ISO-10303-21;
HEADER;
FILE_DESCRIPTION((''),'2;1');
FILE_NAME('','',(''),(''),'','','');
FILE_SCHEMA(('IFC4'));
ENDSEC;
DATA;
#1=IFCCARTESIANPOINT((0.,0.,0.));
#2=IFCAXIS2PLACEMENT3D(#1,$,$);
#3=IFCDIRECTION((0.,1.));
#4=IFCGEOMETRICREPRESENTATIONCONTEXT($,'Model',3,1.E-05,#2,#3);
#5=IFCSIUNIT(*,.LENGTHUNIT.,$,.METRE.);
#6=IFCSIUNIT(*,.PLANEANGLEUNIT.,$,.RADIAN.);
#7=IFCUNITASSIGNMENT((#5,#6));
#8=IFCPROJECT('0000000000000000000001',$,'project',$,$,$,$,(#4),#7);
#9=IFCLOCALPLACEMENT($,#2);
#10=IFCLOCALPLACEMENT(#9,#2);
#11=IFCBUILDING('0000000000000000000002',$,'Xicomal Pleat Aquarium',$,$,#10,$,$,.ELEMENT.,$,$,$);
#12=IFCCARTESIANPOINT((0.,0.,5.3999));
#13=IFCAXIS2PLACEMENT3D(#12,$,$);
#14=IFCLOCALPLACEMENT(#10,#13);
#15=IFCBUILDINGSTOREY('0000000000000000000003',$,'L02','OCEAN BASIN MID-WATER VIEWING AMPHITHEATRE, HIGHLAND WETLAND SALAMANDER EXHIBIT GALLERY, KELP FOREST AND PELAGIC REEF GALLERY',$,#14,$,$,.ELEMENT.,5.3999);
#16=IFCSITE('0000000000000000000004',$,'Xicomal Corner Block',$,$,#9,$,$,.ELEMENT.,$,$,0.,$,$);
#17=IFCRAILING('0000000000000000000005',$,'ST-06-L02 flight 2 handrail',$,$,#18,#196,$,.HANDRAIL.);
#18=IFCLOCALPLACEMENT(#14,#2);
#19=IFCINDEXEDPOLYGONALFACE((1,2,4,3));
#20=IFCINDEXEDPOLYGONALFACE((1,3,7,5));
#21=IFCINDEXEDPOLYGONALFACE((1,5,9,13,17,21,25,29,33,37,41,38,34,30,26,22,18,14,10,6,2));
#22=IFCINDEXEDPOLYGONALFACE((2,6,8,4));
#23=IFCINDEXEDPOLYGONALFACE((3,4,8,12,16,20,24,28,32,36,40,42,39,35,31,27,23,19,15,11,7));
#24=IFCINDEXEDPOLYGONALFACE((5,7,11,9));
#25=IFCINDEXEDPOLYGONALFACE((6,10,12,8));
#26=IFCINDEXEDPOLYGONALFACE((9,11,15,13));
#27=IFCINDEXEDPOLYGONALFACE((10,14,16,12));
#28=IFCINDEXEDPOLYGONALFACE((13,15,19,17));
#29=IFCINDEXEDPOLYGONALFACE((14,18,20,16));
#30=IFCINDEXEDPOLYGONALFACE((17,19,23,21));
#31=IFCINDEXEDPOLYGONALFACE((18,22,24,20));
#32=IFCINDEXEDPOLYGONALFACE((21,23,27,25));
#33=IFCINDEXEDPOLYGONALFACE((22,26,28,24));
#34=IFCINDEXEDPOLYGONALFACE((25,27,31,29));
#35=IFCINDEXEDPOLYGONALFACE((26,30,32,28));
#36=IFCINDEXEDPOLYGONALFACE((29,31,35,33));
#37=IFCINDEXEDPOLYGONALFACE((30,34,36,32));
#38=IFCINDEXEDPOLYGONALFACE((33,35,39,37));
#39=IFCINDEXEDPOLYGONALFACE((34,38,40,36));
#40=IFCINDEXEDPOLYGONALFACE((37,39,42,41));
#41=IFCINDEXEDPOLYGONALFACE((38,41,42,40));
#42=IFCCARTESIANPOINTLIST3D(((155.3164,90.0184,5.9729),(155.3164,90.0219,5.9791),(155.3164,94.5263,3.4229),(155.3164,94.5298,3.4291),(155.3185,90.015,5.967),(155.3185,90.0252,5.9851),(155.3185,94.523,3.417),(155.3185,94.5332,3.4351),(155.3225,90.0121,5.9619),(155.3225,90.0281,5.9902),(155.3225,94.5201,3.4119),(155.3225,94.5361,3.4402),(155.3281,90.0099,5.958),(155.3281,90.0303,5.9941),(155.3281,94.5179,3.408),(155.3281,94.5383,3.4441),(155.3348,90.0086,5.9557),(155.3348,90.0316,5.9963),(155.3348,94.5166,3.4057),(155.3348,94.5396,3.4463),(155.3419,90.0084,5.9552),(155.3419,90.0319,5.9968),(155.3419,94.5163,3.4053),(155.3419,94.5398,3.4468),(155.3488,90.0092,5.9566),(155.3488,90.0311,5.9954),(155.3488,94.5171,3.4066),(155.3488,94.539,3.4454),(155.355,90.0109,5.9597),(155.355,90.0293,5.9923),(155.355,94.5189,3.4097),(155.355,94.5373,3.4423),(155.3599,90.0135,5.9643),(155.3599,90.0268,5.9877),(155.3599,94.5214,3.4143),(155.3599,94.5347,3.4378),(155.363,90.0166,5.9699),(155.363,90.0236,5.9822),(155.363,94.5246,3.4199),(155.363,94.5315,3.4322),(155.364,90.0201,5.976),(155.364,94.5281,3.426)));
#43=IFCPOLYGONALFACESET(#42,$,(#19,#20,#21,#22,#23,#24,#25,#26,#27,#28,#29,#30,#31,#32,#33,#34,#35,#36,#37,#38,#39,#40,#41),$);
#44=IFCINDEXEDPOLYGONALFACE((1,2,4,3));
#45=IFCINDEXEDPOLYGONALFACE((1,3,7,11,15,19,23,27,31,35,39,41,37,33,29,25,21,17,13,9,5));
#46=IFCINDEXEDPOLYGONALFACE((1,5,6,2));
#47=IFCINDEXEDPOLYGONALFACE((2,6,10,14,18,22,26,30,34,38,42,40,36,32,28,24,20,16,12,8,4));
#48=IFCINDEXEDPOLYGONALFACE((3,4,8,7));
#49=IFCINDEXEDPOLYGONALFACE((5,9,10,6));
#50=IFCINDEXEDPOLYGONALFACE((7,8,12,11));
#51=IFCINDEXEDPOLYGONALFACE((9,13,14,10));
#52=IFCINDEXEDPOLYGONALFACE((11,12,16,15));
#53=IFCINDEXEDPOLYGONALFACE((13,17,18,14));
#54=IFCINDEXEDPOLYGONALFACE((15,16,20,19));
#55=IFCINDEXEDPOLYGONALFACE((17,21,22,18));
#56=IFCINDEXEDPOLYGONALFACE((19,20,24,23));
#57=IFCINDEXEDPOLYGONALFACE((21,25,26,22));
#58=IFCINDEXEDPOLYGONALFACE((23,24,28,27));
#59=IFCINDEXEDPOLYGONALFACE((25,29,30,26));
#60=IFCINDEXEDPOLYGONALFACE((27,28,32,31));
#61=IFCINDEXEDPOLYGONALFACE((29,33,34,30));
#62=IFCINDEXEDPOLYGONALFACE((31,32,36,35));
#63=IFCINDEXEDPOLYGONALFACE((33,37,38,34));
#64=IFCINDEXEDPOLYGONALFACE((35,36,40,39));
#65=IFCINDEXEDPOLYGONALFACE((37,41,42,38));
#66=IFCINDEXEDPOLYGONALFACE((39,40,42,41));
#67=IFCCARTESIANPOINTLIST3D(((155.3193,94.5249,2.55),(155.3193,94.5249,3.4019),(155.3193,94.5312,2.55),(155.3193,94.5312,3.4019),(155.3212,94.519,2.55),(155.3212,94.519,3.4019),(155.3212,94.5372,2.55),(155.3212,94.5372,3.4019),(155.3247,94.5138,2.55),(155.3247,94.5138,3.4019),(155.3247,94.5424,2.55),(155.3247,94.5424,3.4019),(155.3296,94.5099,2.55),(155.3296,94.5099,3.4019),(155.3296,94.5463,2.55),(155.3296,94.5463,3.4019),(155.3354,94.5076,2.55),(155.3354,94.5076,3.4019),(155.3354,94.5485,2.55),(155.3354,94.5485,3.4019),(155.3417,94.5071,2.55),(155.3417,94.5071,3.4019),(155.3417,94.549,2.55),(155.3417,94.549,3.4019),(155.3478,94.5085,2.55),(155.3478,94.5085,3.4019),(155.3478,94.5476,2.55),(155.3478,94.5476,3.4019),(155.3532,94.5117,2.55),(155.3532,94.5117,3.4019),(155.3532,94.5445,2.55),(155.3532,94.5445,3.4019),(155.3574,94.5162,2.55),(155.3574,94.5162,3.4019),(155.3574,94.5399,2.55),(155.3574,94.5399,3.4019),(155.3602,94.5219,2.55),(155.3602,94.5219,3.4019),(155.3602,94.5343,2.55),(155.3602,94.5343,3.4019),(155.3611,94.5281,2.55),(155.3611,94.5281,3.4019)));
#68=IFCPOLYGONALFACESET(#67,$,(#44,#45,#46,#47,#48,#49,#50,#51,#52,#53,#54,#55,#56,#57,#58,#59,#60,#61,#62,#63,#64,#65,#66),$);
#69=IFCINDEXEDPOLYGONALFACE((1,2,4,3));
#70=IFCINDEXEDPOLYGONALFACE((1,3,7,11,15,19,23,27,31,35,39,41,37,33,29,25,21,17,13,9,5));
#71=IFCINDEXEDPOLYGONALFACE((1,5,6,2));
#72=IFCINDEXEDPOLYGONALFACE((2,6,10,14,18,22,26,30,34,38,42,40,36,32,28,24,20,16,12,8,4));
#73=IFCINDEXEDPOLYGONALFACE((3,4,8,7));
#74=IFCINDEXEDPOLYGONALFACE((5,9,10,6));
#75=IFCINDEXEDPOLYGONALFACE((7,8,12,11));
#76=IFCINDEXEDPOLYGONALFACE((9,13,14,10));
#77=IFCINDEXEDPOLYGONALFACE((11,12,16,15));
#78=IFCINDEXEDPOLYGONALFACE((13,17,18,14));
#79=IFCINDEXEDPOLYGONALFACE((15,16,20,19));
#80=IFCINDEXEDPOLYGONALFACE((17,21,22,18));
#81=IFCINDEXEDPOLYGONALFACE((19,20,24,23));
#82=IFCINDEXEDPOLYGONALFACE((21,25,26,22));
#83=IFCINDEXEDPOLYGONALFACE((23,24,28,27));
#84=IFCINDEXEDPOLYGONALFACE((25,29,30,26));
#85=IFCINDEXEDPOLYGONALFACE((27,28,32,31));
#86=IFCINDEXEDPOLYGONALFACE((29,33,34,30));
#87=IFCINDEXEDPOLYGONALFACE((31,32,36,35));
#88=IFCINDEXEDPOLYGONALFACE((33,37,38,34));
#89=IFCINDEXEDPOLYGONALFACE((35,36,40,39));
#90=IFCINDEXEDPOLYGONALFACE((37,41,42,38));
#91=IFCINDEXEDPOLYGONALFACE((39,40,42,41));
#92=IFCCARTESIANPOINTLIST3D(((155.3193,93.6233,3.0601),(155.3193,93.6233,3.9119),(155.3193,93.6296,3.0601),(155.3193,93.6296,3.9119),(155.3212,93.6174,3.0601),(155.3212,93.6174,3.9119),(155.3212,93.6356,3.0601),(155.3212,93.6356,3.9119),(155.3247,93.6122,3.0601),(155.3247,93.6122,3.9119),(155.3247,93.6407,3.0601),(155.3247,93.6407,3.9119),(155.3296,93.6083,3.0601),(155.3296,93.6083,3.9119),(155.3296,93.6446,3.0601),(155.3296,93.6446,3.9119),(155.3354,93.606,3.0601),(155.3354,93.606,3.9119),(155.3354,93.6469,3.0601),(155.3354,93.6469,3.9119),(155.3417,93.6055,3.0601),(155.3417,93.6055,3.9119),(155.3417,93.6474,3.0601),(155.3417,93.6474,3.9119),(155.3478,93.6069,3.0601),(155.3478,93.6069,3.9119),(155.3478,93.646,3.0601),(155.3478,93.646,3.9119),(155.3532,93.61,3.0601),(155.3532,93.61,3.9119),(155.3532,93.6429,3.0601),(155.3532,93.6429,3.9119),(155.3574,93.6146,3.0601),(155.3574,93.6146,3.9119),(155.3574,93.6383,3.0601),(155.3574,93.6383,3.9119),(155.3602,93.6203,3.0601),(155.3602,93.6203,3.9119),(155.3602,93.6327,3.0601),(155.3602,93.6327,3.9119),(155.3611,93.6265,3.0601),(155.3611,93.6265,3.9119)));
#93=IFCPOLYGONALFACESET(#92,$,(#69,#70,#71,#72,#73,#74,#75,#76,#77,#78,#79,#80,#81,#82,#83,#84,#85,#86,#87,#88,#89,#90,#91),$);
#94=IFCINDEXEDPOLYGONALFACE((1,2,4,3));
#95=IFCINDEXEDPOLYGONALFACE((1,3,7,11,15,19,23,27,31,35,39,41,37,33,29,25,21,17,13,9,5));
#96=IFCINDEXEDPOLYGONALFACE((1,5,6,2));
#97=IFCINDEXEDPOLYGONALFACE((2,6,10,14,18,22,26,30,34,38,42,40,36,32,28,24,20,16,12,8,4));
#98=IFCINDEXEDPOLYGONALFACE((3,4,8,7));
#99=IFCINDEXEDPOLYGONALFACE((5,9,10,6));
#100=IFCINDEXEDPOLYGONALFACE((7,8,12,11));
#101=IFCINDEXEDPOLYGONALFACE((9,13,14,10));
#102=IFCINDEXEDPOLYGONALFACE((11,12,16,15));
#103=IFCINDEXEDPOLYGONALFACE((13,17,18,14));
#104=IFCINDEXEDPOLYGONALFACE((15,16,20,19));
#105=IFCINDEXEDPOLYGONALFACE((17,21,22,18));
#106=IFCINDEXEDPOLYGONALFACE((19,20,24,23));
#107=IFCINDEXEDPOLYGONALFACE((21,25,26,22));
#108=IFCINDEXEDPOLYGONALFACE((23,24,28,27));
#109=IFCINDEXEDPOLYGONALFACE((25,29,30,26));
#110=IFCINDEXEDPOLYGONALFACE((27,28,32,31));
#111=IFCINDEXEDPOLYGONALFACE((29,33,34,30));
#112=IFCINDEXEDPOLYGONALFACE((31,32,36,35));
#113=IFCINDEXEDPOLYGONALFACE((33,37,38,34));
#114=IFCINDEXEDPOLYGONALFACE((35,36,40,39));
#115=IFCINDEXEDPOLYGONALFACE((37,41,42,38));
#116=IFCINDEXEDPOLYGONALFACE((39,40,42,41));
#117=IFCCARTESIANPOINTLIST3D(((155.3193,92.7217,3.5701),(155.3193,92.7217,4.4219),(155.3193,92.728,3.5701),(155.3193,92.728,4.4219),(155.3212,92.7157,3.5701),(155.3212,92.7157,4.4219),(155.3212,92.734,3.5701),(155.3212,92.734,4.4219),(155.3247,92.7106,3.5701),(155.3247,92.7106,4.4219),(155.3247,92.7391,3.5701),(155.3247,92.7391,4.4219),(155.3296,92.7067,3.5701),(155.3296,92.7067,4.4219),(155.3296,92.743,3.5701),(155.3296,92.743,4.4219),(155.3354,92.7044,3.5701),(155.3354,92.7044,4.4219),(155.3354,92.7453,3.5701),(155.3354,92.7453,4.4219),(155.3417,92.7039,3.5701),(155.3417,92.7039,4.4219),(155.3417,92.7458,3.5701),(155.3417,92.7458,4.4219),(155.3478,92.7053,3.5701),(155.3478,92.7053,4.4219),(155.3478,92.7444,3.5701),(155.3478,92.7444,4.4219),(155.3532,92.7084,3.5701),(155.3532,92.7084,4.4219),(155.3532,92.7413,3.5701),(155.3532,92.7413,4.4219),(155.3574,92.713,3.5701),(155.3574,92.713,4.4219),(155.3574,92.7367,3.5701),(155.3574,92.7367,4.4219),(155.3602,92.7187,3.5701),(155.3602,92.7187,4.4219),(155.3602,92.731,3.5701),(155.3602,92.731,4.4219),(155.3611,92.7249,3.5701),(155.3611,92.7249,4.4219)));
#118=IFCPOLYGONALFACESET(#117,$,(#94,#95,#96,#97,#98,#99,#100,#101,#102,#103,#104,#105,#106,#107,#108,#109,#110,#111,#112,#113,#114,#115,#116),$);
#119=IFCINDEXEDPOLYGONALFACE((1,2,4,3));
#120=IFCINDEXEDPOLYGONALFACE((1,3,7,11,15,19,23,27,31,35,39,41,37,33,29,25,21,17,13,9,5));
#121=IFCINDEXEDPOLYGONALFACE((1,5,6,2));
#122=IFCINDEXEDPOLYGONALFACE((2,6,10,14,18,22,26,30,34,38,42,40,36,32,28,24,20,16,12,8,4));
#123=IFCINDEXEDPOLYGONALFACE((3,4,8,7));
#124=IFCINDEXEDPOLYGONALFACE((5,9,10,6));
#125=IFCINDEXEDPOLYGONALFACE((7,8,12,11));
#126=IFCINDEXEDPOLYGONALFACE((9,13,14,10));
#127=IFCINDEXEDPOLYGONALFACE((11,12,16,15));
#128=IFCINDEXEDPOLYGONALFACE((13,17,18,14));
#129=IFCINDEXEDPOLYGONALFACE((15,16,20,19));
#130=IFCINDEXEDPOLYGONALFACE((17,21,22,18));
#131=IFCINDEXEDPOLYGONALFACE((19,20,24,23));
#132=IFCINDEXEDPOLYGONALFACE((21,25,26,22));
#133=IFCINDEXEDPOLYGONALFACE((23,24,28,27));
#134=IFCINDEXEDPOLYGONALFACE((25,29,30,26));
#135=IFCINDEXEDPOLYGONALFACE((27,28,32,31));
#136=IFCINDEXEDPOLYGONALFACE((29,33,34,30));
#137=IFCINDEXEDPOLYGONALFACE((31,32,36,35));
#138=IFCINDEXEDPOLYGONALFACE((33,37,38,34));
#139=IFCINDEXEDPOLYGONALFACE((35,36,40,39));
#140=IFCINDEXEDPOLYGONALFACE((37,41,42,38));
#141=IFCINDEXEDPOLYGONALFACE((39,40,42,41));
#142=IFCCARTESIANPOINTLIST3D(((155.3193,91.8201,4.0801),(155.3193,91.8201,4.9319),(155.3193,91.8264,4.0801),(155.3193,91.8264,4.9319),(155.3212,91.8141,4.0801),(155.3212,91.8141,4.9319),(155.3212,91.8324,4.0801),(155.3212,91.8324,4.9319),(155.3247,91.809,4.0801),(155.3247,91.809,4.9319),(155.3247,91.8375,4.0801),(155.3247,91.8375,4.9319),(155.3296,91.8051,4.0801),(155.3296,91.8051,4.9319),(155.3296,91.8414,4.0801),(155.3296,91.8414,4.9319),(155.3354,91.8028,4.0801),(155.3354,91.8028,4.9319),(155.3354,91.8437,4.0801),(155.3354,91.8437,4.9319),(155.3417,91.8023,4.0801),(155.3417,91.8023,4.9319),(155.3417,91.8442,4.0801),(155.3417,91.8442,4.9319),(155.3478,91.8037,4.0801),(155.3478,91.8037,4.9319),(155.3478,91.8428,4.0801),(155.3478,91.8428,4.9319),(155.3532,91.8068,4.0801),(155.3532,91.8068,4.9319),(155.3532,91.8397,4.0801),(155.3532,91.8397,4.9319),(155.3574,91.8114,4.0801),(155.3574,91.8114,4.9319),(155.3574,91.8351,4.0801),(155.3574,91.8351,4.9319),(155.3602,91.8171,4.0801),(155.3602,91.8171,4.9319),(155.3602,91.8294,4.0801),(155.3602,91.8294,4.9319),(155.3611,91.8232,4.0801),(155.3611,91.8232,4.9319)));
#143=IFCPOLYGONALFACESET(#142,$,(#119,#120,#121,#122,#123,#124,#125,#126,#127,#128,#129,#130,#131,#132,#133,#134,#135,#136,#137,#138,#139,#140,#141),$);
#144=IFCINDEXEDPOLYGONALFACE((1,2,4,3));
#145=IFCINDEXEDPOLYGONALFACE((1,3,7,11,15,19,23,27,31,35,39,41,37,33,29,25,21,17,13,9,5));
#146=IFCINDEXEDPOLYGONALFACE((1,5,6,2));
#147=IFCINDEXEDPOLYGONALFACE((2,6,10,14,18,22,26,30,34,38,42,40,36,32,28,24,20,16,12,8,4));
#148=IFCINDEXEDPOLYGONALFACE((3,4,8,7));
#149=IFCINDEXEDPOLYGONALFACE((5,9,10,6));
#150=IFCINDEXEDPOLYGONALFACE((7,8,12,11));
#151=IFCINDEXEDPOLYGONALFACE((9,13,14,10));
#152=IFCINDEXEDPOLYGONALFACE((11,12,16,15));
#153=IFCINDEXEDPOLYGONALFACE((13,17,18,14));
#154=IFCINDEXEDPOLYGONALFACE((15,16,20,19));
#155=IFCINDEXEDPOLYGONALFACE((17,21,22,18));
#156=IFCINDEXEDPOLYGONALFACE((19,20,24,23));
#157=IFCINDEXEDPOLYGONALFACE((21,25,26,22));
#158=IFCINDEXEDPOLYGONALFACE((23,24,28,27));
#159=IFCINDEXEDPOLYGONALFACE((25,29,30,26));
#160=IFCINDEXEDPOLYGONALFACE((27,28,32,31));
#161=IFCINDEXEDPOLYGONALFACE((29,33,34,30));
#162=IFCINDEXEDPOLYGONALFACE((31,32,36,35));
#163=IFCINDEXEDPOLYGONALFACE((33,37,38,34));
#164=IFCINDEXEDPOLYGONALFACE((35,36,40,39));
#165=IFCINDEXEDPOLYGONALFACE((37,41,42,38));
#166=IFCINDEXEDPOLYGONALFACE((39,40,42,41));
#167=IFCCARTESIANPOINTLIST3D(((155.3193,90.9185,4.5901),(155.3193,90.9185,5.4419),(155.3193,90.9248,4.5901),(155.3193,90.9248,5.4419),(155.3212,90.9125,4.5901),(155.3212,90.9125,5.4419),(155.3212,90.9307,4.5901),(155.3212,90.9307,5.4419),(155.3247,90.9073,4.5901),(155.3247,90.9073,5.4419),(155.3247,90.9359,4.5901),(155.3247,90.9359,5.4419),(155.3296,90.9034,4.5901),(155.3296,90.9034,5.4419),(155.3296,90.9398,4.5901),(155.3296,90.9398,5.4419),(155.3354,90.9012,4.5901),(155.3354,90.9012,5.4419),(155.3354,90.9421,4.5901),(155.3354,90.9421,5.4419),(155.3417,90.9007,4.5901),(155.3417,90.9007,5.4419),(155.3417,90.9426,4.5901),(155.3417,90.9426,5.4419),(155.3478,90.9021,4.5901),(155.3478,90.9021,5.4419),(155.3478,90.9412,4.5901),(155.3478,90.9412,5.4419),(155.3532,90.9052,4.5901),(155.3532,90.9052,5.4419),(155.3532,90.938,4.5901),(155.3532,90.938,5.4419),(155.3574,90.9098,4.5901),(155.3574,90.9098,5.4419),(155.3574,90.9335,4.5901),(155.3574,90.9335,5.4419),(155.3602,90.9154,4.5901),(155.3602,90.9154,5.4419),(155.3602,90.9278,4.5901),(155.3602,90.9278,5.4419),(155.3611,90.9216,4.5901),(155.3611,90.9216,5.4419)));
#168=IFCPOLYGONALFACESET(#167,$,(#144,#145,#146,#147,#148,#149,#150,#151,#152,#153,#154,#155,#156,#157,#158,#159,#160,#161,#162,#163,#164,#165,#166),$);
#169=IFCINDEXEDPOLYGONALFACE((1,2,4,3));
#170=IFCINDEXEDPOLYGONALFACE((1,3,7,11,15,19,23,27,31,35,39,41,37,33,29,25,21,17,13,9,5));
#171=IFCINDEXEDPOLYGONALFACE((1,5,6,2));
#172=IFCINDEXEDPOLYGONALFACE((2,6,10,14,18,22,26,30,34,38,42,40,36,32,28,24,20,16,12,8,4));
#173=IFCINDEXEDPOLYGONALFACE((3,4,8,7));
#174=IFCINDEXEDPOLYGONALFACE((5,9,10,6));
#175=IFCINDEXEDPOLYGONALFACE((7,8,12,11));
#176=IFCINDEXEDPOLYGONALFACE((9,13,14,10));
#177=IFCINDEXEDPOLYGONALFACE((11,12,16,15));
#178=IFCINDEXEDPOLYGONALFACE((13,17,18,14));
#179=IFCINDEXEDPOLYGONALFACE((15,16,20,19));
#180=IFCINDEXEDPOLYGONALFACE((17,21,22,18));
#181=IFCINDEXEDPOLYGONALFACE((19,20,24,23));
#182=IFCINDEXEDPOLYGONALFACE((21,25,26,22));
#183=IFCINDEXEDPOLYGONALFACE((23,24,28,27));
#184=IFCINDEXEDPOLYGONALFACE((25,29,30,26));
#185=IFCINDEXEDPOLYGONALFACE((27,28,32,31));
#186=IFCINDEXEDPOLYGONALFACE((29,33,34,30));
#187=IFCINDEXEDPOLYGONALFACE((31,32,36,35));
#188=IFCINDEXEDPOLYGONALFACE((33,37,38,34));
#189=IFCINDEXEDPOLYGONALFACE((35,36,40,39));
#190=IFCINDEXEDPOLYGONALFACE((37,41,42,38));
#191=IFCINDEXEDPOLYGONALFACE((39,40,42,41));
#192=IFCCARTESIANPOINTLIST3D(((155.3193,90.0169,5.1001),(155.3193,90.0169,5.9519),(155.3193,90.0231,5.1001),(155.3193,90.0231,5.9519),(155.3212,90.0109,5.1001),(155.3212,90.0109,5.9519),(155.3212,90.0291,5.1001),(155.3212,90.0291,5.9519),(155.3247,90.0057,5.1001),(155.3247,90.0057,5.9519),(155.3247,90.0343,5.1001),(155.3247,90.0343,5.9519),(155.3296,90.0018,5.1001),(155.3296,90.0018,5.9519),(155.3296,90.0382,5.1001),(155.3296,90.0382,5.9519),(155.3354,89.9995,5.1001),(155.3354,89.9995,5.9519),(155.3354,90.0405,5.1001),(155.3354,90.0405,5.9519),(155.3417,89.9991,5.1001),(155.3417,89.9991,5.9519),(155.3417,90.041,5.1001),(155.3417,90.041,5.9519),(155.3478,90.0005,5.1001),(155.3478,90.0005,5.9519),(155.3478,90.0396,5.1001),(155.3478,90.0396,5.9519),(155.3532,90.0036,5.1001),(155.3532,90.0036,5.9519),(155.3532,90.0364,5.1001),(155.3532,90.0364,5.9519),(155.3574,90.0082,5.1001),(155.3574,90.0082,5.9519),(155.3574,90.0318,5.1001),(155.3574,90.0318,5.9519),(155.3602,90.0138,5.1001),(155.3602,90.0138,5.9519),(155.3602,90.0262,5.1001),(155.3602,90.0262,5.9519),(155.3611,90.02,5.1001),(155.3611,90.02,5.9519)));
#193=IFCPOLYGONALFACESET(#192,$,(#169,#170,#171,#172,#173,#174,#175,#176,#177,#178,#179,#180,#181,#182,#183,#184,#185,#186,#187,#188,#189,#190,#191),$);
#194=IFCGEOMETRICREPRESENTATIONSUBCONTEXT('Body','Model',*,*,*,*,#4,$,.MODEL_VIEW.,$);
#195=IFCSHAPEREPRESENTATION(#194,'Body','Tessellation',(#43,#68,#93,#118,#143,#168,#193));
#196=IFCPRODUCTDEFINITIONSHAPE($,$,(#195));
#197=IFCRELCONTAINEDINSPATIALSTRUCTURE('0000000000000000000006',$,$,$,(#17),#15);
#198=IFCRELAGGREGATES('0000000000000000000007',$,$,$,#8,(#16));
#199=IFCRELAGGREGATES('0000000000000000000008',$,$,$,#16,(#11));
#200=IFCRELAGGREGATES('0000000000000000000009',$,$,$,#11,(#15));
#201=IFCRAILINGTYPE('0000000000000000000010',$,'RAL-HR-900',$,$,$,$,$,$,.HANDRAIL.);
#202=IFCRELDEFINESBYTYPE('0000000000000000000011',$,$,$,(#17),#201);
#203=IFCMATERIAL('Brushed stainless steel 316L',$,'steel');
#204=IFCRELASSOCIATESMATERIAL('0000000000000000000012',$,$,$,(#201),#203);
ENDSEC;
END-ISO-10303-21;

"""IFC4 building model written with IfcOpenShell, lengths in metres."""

from ifc_helpers import new_model, si_unit, direction, frame, origin, origin_2d, place, context, subcontext, project, spatial, circle, extrude, material, type_object, element, save


model = new_model("IFC4")

# Units and contexts
model_context = context("Model", 3, precision=1e-05, world=origin(), true_north=direction((0.0, 1.0)))
body_context = subcontext(model_context, "Body", "Model", "MODEL_VIEW")
ifc_project = project(units=[si_unit("LENGTHUNIT", "METRE"), si_unit("PLANEANGLEUNIT", "RADIAN")], contexts=[model_context])

# Site, building, storey
site_placement = place(None, origin())
site = spatial("IfcSite", under=ifc_project, at=site_placement, Name="Xicomal Corner Block", CompositionType="ELEMENT", RefElevation=0.0)
building_placement = place(site_placement, origin())
building = spatial("IfcBuilding", under=site, at=building_placement, Name="Xicomal Pleat Aquarium", CompositionType="ELEMENT")
storey_placement = place(building_placement, frame((0.0, 0.0, 5.3999)))
storey = spatial("IfcBuildingStorey", under=building, at=storey_placement, Name="L02", Description="OCEAN BASIN MID-WATER VIEWING AMPHITHEATRE, HIGHLAND WETLAND SALAMANDER EXHIBIT GALLERY, KELP FOREST AND PELAGIC REEF GALLERY", CompositionType="ELEMENT", Elevation=5.3999)

# Railing
ifc_material_1 = material(Name="Brushed stainless steel 316L", Category="steel")
railing_type_1 = type_object("IfcRailingType", Name="RAL-HR-900", PredefinedType="HANDRAIL", material=ifc_material_1)
railing_1_placement = place(storey_placement, frame((155.3401, 94.5281, 2.55)))
element("IfcRailing", 1, at=railing_1_placement, inside=storey, type_object=railing_type_1, Name="ST-06-L02 flight 2 handrail", PredefinedType="HANDRAIL", context=body_context, shape_type="SweptSolid", body=[
    extrude(circle(Radius=0.0239, at=origin_2d()), frame((0.0, 0.0, 0.876), z_axis=(0.0, -0.870396, 0.492352), x_axis=(1.0, 0.0, 0.0)), (0.0, 0.0, 1.0), 5.1792),
    extrude(circle(Radius=0.021, at=origin_2d()), origin(), (0.0, 0.0, 1.0), 0.8518),
    extrude(circle(Radius=0.021, at=origin_2d()), frame((0.0, -0.9016, 0.51)), (0.0, 0.0, 1.0), 0.8518),
    extrude(circle(Radius=0.021, at=origin_2d()), frame((0.0, -1.8032, 1.02)), (0.0, 0.0, 1.0), 0.8518),
    extrude(circle(Radius=0.021, at=origin_2d()), frame((0.0, -2.7048, 1.53)), (0.0, 0.0, 1.0), 0.8518),
    extrude(circle(Radius=0.021, at=origin_2d()), frame((0.0, -3.6064, 2.04)), (0.0, 0.0, 1.0), 0.8518),
    extrude(circle(Radius=0.021, at=origin_2d()), frame((0.0, -4.5081, 2.55)), (0.0, 0.0, 1.0), 0.8518),
])

save(model, "model.ifc")
